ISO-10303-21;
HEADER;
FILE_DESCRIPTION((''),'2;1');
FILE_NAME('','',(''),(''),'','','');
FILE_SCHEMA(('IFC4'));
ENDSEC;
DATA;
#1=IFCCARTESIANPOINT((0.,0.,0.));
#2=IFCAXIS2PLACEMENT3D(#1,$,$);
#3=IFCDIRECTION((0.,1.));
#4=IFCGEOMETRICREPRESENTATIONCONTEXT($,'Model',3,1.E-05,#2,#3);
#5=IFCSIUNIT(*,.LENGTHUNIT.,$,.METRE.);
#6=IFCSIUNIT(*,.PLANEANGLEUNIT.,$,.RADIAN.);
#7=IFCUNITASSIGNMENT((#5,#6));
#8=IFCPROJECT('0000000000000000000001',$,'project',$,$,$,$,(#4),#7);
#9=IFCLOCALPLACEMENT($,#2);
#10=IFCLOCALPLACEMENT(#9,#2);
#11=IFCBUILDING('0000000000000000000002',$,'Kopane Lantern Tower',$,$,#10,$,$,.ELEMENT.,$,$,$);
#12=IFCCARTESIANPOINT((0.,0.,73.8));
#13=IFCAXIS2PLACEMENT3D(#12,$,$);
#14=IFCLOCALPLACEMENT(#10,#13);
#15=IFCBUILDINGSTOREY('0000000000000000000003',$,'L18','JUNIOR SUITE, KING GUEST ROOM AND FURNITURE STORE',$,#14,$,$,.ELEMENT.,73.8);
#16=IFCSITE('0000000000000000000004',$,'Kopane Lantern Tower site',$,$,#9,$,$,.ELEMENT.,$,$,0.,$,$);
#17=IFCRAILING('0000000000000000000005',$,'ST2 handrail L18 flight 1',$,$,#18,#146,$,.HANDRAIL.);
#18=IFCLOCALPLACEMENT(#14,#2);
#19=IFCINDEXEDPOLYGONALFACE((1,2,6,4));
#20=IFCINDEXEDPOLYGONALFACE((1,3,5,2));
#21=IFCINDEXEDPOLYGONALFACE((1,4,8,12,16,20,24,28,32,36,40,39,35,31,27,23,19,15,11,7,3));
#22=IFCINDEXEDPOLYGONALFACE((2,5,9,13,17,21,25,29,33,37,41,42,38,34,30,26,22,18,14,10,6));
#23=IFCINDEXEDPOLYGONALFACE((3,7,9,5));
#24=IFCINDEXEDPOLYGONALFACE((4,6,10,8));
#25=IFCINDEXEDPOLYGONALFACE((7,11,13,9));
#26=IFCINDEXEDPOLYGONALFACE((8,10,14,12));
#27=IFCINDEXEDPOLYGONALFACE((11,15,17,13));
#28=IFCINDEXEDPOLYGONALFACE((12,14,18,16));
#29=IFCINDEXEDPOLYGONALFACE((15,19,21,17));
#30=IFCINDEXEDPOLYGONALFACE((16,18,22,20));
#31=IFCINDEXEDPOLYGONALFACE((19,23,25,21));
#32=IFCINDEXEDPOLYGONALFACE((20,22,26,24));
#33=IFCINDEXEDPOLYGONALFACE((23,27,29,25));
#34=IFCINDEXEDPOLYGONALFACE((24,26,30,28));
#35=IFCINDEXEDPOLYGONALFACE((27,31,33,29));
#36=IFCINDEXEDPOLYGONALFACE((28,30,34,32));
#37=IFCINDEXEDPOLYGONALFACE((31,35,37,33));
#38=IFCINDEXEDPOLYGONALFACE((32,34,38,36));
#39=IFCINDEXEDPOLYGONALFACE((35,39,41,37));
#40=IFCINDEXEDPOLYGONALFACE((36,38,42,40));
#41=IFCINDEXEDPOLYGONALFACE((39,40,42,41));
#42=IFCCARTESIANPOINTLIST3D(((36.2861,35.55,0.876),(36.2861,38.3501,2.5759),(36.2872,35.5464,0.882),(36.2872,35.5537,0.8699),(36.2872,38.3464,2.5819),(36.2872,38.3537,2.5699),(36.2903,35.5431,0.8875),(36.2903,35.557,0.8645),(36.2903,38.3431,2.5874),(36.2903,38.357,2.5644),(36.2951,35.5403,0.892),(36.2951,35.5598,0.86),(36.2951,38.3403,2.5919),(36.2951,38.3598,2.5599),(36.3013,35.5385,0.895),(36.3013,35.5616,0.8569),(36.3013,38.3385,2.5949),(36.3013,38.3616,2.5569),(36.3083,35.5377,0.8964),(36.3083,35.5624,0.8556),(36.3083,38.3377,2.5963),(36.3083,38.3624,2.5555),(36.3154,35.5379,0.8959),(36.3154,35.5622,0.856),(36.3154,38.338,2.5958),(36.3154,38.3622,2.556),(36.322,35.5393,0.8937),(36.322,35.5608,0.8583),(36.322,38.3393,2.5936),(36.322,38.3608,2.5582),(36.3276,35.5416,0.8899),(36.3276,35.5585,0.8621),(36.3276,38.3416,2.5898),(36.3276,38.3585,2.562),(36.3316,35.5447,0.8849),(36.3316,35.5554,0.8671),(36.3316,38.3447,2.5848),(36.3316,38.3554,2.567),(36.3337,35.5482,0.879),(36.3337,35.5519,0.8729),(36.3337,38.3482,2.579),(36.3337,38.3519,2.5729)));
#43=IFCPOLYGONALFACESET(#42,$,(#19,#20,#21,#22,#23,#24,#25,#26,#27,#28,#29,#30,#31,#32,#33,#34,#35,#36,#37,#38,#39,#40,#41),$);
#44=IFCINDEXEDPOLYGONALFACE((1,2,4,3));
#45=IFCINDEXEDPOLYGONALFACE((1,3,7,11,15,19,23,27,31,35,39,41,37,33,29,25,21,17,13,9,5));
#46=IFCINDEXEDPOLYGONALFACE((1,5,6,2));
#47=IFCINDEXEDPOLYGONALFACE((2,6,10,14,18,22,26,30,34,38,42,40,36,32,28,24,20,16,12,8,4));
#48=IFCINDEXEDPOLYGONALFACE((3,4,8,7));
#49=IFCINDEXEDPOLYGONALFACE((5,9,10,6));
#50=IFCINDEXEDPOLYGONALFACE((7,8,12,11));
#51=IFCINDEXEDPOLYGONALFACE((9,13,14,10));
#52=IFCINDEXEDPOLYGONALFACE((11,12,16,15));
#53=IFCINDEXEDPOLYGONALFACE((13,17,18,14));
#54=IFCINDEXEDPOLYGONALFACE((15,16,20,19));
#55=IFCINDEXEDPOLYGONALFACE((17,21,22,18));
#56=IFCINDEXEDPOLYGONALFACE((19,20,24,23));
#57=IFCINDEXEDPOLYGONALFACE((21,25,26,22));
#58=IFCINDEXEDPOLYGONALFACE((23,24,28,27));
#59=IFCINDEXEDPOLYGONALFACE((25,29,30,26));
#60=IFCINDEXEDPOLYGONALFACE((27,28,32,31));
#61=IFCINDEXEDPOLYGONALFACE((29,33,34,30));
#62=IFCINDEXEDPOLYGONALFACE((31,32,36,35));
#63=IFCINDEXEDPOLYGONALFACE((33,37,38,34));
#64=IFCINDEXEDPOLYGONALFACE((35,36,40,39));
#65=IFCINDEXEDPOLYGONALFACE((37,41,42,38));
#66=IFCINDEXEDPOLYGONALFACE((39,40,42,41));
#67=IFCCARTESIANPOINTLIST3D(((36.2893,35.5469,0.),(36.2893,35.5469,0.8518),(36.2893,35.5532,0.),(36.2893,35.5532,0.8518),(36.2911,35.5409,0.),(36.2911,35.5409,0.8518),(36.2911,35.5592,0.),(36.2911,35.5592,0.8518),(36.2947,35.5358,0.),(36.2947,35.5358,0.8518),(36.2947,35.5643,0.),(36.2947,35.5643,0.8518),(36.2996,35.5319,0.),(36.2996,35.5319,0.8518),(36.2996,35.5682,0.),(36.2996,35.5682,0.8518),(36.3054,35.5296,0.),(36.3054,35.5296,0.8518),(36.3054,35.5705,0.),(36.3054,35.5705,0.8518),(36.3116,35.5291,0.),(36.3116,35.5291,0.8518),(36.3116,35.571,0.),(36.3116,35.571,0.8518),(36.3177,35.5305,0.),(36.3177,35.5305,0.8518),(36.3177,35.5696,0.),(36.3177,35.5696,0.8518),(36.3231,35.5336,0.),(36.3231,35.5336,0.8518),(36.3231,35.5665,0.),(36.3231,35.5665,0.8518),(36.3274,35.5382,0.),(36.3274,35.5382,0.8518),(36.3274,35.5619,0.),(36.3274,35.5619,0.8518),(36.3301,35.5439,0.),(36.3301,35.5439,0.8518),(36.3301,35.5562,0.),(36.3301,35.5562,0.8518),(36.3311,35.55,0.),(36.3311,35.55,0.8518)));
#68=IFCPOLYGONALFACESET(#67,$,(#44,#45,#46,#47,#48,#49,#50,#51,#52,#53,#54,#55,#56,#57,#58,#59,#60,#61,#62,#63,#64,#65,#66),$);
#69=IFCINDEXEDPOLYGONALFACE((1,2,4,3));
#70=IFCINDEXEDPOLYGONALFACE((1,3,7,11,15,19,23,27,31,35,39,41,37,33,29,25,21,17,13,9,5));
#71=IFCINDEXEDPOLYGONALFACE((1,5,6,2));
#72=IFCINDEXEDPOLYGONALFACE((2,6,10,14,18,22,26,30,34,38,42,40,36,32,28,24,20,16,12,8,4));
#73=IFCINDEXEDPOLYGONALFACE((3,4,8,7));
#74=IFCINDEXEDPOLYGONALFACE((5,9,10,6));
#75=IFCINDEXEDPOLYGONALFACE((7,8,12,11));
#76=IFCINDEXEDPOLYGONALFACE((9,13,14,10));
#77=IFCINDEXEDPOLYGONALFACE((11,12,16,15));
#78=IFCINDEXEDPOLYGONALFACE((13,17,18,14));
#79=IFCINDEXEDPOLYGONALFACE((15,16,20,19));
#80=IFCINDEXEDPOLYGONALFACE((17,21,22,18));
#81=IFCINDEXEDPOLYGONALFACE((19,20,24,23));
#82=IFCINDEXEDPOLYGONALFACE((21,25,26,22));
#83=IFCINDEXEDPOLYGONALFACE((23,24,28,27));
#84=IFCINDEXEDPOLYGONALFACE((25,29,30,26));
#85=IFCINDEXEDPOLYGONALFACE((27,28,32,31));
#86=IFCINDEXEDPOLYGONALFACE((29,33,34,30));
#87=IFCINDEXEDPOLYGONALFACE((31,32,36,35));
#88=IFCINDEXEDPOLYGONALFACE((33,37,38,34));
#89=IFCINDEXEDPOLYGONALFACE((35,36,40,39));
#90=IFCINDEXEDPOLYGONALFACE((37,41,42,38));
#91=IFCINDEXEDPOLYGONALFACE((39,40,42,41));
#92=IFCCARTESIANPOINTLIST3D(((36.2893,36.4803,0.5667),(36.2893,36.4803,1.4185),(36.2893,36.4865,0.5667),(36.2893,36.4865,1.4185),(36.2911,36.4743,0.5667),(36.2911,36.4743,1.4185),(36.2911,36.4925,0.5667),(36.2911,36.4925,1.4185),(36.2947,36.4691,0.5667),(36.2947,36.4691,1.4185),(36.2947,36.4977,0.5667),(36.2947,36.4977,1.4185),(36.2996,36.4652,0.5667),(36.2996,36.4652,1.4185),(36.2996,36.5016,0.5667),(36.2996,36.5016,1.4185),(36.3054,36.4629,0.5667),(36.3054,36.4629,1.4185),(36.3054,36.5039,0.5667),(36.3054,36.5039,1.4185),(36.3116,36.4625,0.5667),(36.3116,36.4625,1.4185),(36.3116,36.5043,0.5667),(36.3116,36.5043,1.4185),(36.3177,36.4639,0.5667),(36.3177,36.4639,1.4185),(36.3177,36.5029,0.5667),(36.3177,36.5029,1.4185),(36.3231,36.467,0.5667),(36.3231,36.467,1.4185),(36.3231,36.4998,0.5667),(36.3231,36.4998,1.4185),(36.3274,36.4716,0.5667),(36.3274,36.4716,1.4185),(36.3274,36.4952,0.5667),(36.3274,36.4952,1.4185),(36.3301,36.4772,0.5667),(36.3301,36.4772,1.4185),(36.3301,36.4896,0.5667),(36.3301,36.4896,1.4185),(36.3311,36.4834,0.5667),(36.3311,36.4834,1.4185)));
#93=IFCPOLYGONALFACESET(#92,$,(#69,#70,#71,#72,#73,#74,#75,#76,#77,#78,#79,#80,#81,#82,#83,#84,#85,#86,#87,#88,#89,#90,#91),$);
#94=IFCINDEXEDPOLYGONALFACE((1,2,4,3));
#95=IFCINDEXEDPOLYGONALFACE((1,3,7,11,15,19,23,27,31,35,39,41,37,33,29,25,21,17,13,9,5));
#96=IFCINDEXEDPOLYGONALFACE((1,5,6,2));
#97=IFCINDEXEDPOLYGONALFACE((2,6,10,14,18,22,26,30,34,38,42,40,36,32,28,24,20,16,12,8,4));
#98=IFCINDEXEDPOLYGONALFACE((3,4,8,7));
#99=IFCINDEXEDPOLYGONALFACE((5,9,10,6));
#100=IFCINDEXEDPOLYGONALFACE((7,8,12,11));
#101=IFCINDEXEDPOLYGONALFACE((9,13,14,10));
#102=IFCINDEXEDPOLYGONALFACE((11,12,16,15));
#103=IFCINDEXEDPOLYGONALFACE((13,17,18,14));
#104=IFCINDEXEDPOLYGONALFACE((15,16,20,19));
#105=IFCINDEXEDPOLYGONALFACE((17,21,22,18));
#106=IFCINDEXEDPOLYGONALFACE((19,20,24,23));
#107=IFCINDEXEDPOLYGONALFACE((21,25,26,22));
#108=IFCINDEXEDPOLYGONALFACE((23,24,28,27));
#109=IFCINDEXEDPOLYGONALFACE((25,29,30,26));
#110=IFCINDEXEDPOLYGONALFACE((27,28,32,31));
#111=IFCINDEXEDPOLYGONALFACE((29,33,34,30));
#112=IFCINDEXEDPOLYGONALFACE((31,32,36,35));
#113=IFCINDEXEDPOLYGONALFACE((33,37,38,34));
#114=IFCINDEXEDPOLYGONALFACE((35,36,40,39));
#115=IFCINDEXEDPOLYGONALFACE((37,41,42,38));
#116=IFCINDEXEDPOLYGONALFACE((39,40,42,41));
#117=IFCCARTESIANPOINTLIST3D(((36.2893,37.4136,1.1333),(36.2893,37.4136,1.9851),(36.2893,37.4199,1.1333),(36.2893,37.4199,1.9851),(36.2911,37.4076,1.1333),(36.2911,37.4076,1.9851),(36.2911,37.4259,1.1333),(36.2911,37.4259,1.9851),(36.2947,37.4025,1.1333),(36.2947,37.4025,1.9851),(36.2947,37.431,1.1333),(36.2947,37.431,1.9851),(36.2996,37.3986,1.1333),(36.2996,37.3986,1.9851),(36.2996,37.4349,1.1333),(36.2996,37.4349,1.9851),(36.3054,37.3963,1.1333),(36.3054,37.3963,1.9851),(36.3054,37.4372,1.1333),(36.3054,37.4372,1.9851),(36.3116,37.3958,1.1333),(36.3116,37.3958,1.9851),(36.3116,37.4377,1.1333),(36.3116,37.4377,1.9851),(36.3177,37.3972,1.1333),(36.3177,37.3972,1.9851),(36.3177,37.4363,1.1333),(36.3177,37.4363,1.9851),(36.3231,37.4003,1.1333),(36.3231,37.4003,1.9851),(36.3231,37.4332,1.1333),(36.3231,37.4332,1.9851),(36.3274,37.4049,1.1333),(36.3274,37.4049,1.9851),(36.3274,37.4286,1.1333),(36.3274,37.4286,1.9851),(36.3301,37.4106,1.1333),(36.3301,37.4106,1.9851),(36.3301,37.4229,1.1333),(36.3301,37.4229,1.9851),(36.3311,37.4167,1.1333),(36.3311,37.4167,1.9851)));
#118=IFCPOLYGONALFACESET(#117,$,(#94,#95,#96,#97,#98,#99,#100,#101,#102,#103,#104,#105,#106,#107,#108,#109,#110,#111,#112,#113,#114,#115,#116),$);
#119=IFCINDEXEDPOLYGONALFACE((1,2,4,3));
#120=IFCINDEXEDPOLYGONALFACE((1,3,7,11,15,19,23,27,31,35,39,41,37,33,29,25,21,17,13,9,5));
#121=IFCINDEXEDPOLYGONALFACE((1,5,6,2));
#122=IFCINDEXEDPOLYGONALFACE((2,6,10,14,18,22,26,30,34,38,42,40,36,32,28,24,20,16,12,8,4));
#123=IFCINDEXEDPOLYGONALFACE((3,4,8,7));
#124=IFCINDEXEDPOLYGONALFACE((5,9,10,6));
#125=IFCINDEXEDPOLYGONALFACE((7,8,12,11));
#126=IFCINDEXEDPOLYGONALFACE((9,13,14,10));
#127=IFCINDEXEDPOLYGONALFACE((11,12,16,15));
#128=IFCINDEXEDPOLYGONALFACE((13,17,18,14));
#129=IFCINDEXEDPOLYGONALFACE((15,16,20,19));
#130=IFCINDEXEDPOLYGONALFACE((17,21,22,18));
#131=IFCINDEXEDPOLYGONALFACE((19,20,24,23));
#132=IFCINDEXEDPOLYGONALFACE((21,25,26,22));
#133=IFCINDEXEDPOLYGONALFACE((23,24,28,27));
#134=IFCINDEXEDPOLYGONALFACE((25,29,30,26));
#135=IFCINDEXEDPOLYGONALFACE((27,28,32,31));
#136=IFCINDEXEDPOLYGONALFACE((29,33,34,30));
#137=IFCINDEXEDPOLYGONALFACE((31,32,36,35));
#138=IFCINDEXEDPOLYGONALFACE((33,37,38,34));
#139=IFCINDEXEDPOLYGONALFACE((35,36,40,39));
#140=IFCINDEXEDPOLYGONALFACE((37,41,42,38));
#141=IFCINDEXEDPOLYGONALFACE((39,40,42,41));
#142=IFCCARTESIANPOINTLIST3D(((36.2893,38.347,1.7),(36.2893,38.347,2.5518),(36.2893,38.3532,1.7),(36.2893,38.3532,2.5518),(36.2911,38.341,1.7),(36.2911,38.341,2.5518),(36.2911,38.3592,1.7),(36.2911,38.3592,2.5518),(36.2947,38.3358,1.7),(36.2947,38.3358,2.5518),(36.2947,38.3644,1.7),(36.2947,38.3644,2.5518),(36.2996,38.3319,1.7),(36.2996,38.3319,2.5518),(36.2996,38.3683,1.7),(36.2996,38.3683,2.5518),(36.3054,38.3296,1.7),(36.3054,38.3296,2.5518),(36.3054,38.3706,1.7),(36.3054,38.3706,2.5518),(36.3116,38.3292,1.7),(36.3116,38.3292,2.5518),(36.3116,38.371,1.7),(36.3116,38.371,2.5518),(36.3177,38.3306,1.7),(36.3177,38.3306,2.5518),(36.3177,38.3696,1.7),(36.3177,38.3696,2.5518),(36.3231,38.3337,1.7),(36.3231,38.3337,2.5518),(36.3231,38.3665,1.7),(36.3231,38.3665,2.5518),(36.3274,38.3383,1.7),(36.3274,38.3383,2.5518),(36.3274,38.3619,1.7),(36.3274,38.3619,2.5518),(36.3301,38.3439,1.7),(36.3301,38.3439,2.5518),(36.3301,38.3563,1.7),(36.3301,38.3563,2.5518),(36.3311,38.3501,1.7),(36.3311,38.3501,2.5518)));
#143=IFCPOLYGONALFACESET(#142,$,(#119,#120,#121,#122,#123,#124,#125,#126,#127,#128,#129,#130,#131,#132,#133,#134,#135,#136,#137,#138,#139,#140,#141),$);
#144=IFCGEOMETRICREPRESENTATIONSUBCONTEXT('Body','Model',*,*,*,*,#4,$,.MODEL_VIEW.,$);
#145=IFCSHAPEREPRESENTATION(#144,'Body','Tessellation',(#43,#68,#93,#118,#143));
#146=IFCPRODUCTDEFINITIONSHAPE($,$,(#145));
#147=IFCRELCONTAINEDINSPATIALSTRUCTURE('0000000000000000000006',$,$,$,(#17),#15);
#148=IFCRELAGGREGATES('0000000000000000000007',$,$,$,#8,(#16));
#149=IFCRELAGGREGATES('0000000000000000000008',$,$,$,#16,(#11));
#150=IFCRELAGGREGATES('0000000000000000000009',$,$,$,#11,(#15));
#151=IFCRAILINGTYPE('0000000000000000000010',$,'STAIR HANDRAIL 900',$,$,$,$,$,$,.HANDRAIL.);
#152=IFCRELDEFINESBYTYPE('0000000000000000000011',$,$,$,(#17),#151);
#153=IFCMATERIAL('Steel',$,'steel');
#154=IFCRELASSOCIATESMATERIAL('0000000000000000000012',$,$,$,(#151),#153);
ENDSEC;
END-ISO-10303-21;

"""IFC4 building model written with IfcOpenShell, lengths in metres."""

from ifc_helpers import new_model, si_unit, direction, frame, origin, origin_2d, place, context, subcontext, project, spatial, circle, extrude, material, type_object, element, save


model = new_model("IFC4")

# Units and contexts
model_context = context("Model", 3, precision=1e-05, world=origin(), true_north=direction((0.0, 1.0)))
body_context = subcontext(model_context, "Body", "Model", "MODEL_VIEW")
ifc_project = project(units=[si_unit("LENGTHUNIT", "METRE"), si_unit("PLANEANGLEUNIT", "RADIAN")], contexts=[model_context])

# Site, building, storey
site_placement = place(None, origin())
site = spatial("IfcSite", under=ifc_project, at=site_placement, Name="Kopane Lantern Tower site", CompositionType="ELEMENT", RefElevation=0.0)
building_placement = place(site_placement, origin())
building = spatial("IfcBuilding", under=site, at=building_placement, Name="Kopane Lantern Tower", CompositionType="ELEMENT")
storey_placement = place(building_placement, frame((0.0, 0.0, 73.8)))
storey = spatial("IfcBuildingStorey", under=building, at=storey_placement, Name="L18", Description="JUNIOR SUITE, KING GUEST ROOM AND FURNITURE STORE", CompositionType="ELEMENT", Elevation=73.8)

# Railing
ifc_material_1 = material(Name="Steel", Category="steel")
railing_type_1 = type_object("IfcRailingType", Name="STAIR HANDRAIL 900", PredefinedType="HANDRAIL", material=ifc_material_1)
for number, where, name in (
    (1, (36.3101, 35.55, 0.0), "ST2 handrail L18 flight 1"),
):
    element("IfcRailing", number, at=place(storey_placement, frame(where)), inside=storey, type_object=railing_type_1, Name=name, PredefinedType="HANDRAIL", context=body_context, shape_type="SweptSolid", body=[
        extrude(circle(Radius=0.0239, at=origin_2d()), frame((0.0, 0.0, 0.876), z_axis=(0.0, 0.854798, 0.518961), x_axis=(-1.0, 0.0, 0.0)), (0.0, 0.0, 1.0), 3.2756),
        extrude(circle(Radius=0.021, at=origin_2d()), origin(), (0.0, 0.0, 1.0), 0.8518),
        extrude(circle(Radius=0.021, at=origin_2d()), frame((0.0, 0.9333, 0.5667)), (0.0, 0.0, 1.0), 0.8518),
        extrude(circle(Radius=0.021, at=origin_2d()), frame((0.0, 1.8667, 1.1333)), (0.0, 0.0, 1.0), 0.8518),
        extrude(circle(Radius=0.021, at=origin_2d()), frame((0.0, 2.8, 1.7)), (0.0, 0.0, 1.0), 0.8518),
    ])

save(model, "model.ifc")
